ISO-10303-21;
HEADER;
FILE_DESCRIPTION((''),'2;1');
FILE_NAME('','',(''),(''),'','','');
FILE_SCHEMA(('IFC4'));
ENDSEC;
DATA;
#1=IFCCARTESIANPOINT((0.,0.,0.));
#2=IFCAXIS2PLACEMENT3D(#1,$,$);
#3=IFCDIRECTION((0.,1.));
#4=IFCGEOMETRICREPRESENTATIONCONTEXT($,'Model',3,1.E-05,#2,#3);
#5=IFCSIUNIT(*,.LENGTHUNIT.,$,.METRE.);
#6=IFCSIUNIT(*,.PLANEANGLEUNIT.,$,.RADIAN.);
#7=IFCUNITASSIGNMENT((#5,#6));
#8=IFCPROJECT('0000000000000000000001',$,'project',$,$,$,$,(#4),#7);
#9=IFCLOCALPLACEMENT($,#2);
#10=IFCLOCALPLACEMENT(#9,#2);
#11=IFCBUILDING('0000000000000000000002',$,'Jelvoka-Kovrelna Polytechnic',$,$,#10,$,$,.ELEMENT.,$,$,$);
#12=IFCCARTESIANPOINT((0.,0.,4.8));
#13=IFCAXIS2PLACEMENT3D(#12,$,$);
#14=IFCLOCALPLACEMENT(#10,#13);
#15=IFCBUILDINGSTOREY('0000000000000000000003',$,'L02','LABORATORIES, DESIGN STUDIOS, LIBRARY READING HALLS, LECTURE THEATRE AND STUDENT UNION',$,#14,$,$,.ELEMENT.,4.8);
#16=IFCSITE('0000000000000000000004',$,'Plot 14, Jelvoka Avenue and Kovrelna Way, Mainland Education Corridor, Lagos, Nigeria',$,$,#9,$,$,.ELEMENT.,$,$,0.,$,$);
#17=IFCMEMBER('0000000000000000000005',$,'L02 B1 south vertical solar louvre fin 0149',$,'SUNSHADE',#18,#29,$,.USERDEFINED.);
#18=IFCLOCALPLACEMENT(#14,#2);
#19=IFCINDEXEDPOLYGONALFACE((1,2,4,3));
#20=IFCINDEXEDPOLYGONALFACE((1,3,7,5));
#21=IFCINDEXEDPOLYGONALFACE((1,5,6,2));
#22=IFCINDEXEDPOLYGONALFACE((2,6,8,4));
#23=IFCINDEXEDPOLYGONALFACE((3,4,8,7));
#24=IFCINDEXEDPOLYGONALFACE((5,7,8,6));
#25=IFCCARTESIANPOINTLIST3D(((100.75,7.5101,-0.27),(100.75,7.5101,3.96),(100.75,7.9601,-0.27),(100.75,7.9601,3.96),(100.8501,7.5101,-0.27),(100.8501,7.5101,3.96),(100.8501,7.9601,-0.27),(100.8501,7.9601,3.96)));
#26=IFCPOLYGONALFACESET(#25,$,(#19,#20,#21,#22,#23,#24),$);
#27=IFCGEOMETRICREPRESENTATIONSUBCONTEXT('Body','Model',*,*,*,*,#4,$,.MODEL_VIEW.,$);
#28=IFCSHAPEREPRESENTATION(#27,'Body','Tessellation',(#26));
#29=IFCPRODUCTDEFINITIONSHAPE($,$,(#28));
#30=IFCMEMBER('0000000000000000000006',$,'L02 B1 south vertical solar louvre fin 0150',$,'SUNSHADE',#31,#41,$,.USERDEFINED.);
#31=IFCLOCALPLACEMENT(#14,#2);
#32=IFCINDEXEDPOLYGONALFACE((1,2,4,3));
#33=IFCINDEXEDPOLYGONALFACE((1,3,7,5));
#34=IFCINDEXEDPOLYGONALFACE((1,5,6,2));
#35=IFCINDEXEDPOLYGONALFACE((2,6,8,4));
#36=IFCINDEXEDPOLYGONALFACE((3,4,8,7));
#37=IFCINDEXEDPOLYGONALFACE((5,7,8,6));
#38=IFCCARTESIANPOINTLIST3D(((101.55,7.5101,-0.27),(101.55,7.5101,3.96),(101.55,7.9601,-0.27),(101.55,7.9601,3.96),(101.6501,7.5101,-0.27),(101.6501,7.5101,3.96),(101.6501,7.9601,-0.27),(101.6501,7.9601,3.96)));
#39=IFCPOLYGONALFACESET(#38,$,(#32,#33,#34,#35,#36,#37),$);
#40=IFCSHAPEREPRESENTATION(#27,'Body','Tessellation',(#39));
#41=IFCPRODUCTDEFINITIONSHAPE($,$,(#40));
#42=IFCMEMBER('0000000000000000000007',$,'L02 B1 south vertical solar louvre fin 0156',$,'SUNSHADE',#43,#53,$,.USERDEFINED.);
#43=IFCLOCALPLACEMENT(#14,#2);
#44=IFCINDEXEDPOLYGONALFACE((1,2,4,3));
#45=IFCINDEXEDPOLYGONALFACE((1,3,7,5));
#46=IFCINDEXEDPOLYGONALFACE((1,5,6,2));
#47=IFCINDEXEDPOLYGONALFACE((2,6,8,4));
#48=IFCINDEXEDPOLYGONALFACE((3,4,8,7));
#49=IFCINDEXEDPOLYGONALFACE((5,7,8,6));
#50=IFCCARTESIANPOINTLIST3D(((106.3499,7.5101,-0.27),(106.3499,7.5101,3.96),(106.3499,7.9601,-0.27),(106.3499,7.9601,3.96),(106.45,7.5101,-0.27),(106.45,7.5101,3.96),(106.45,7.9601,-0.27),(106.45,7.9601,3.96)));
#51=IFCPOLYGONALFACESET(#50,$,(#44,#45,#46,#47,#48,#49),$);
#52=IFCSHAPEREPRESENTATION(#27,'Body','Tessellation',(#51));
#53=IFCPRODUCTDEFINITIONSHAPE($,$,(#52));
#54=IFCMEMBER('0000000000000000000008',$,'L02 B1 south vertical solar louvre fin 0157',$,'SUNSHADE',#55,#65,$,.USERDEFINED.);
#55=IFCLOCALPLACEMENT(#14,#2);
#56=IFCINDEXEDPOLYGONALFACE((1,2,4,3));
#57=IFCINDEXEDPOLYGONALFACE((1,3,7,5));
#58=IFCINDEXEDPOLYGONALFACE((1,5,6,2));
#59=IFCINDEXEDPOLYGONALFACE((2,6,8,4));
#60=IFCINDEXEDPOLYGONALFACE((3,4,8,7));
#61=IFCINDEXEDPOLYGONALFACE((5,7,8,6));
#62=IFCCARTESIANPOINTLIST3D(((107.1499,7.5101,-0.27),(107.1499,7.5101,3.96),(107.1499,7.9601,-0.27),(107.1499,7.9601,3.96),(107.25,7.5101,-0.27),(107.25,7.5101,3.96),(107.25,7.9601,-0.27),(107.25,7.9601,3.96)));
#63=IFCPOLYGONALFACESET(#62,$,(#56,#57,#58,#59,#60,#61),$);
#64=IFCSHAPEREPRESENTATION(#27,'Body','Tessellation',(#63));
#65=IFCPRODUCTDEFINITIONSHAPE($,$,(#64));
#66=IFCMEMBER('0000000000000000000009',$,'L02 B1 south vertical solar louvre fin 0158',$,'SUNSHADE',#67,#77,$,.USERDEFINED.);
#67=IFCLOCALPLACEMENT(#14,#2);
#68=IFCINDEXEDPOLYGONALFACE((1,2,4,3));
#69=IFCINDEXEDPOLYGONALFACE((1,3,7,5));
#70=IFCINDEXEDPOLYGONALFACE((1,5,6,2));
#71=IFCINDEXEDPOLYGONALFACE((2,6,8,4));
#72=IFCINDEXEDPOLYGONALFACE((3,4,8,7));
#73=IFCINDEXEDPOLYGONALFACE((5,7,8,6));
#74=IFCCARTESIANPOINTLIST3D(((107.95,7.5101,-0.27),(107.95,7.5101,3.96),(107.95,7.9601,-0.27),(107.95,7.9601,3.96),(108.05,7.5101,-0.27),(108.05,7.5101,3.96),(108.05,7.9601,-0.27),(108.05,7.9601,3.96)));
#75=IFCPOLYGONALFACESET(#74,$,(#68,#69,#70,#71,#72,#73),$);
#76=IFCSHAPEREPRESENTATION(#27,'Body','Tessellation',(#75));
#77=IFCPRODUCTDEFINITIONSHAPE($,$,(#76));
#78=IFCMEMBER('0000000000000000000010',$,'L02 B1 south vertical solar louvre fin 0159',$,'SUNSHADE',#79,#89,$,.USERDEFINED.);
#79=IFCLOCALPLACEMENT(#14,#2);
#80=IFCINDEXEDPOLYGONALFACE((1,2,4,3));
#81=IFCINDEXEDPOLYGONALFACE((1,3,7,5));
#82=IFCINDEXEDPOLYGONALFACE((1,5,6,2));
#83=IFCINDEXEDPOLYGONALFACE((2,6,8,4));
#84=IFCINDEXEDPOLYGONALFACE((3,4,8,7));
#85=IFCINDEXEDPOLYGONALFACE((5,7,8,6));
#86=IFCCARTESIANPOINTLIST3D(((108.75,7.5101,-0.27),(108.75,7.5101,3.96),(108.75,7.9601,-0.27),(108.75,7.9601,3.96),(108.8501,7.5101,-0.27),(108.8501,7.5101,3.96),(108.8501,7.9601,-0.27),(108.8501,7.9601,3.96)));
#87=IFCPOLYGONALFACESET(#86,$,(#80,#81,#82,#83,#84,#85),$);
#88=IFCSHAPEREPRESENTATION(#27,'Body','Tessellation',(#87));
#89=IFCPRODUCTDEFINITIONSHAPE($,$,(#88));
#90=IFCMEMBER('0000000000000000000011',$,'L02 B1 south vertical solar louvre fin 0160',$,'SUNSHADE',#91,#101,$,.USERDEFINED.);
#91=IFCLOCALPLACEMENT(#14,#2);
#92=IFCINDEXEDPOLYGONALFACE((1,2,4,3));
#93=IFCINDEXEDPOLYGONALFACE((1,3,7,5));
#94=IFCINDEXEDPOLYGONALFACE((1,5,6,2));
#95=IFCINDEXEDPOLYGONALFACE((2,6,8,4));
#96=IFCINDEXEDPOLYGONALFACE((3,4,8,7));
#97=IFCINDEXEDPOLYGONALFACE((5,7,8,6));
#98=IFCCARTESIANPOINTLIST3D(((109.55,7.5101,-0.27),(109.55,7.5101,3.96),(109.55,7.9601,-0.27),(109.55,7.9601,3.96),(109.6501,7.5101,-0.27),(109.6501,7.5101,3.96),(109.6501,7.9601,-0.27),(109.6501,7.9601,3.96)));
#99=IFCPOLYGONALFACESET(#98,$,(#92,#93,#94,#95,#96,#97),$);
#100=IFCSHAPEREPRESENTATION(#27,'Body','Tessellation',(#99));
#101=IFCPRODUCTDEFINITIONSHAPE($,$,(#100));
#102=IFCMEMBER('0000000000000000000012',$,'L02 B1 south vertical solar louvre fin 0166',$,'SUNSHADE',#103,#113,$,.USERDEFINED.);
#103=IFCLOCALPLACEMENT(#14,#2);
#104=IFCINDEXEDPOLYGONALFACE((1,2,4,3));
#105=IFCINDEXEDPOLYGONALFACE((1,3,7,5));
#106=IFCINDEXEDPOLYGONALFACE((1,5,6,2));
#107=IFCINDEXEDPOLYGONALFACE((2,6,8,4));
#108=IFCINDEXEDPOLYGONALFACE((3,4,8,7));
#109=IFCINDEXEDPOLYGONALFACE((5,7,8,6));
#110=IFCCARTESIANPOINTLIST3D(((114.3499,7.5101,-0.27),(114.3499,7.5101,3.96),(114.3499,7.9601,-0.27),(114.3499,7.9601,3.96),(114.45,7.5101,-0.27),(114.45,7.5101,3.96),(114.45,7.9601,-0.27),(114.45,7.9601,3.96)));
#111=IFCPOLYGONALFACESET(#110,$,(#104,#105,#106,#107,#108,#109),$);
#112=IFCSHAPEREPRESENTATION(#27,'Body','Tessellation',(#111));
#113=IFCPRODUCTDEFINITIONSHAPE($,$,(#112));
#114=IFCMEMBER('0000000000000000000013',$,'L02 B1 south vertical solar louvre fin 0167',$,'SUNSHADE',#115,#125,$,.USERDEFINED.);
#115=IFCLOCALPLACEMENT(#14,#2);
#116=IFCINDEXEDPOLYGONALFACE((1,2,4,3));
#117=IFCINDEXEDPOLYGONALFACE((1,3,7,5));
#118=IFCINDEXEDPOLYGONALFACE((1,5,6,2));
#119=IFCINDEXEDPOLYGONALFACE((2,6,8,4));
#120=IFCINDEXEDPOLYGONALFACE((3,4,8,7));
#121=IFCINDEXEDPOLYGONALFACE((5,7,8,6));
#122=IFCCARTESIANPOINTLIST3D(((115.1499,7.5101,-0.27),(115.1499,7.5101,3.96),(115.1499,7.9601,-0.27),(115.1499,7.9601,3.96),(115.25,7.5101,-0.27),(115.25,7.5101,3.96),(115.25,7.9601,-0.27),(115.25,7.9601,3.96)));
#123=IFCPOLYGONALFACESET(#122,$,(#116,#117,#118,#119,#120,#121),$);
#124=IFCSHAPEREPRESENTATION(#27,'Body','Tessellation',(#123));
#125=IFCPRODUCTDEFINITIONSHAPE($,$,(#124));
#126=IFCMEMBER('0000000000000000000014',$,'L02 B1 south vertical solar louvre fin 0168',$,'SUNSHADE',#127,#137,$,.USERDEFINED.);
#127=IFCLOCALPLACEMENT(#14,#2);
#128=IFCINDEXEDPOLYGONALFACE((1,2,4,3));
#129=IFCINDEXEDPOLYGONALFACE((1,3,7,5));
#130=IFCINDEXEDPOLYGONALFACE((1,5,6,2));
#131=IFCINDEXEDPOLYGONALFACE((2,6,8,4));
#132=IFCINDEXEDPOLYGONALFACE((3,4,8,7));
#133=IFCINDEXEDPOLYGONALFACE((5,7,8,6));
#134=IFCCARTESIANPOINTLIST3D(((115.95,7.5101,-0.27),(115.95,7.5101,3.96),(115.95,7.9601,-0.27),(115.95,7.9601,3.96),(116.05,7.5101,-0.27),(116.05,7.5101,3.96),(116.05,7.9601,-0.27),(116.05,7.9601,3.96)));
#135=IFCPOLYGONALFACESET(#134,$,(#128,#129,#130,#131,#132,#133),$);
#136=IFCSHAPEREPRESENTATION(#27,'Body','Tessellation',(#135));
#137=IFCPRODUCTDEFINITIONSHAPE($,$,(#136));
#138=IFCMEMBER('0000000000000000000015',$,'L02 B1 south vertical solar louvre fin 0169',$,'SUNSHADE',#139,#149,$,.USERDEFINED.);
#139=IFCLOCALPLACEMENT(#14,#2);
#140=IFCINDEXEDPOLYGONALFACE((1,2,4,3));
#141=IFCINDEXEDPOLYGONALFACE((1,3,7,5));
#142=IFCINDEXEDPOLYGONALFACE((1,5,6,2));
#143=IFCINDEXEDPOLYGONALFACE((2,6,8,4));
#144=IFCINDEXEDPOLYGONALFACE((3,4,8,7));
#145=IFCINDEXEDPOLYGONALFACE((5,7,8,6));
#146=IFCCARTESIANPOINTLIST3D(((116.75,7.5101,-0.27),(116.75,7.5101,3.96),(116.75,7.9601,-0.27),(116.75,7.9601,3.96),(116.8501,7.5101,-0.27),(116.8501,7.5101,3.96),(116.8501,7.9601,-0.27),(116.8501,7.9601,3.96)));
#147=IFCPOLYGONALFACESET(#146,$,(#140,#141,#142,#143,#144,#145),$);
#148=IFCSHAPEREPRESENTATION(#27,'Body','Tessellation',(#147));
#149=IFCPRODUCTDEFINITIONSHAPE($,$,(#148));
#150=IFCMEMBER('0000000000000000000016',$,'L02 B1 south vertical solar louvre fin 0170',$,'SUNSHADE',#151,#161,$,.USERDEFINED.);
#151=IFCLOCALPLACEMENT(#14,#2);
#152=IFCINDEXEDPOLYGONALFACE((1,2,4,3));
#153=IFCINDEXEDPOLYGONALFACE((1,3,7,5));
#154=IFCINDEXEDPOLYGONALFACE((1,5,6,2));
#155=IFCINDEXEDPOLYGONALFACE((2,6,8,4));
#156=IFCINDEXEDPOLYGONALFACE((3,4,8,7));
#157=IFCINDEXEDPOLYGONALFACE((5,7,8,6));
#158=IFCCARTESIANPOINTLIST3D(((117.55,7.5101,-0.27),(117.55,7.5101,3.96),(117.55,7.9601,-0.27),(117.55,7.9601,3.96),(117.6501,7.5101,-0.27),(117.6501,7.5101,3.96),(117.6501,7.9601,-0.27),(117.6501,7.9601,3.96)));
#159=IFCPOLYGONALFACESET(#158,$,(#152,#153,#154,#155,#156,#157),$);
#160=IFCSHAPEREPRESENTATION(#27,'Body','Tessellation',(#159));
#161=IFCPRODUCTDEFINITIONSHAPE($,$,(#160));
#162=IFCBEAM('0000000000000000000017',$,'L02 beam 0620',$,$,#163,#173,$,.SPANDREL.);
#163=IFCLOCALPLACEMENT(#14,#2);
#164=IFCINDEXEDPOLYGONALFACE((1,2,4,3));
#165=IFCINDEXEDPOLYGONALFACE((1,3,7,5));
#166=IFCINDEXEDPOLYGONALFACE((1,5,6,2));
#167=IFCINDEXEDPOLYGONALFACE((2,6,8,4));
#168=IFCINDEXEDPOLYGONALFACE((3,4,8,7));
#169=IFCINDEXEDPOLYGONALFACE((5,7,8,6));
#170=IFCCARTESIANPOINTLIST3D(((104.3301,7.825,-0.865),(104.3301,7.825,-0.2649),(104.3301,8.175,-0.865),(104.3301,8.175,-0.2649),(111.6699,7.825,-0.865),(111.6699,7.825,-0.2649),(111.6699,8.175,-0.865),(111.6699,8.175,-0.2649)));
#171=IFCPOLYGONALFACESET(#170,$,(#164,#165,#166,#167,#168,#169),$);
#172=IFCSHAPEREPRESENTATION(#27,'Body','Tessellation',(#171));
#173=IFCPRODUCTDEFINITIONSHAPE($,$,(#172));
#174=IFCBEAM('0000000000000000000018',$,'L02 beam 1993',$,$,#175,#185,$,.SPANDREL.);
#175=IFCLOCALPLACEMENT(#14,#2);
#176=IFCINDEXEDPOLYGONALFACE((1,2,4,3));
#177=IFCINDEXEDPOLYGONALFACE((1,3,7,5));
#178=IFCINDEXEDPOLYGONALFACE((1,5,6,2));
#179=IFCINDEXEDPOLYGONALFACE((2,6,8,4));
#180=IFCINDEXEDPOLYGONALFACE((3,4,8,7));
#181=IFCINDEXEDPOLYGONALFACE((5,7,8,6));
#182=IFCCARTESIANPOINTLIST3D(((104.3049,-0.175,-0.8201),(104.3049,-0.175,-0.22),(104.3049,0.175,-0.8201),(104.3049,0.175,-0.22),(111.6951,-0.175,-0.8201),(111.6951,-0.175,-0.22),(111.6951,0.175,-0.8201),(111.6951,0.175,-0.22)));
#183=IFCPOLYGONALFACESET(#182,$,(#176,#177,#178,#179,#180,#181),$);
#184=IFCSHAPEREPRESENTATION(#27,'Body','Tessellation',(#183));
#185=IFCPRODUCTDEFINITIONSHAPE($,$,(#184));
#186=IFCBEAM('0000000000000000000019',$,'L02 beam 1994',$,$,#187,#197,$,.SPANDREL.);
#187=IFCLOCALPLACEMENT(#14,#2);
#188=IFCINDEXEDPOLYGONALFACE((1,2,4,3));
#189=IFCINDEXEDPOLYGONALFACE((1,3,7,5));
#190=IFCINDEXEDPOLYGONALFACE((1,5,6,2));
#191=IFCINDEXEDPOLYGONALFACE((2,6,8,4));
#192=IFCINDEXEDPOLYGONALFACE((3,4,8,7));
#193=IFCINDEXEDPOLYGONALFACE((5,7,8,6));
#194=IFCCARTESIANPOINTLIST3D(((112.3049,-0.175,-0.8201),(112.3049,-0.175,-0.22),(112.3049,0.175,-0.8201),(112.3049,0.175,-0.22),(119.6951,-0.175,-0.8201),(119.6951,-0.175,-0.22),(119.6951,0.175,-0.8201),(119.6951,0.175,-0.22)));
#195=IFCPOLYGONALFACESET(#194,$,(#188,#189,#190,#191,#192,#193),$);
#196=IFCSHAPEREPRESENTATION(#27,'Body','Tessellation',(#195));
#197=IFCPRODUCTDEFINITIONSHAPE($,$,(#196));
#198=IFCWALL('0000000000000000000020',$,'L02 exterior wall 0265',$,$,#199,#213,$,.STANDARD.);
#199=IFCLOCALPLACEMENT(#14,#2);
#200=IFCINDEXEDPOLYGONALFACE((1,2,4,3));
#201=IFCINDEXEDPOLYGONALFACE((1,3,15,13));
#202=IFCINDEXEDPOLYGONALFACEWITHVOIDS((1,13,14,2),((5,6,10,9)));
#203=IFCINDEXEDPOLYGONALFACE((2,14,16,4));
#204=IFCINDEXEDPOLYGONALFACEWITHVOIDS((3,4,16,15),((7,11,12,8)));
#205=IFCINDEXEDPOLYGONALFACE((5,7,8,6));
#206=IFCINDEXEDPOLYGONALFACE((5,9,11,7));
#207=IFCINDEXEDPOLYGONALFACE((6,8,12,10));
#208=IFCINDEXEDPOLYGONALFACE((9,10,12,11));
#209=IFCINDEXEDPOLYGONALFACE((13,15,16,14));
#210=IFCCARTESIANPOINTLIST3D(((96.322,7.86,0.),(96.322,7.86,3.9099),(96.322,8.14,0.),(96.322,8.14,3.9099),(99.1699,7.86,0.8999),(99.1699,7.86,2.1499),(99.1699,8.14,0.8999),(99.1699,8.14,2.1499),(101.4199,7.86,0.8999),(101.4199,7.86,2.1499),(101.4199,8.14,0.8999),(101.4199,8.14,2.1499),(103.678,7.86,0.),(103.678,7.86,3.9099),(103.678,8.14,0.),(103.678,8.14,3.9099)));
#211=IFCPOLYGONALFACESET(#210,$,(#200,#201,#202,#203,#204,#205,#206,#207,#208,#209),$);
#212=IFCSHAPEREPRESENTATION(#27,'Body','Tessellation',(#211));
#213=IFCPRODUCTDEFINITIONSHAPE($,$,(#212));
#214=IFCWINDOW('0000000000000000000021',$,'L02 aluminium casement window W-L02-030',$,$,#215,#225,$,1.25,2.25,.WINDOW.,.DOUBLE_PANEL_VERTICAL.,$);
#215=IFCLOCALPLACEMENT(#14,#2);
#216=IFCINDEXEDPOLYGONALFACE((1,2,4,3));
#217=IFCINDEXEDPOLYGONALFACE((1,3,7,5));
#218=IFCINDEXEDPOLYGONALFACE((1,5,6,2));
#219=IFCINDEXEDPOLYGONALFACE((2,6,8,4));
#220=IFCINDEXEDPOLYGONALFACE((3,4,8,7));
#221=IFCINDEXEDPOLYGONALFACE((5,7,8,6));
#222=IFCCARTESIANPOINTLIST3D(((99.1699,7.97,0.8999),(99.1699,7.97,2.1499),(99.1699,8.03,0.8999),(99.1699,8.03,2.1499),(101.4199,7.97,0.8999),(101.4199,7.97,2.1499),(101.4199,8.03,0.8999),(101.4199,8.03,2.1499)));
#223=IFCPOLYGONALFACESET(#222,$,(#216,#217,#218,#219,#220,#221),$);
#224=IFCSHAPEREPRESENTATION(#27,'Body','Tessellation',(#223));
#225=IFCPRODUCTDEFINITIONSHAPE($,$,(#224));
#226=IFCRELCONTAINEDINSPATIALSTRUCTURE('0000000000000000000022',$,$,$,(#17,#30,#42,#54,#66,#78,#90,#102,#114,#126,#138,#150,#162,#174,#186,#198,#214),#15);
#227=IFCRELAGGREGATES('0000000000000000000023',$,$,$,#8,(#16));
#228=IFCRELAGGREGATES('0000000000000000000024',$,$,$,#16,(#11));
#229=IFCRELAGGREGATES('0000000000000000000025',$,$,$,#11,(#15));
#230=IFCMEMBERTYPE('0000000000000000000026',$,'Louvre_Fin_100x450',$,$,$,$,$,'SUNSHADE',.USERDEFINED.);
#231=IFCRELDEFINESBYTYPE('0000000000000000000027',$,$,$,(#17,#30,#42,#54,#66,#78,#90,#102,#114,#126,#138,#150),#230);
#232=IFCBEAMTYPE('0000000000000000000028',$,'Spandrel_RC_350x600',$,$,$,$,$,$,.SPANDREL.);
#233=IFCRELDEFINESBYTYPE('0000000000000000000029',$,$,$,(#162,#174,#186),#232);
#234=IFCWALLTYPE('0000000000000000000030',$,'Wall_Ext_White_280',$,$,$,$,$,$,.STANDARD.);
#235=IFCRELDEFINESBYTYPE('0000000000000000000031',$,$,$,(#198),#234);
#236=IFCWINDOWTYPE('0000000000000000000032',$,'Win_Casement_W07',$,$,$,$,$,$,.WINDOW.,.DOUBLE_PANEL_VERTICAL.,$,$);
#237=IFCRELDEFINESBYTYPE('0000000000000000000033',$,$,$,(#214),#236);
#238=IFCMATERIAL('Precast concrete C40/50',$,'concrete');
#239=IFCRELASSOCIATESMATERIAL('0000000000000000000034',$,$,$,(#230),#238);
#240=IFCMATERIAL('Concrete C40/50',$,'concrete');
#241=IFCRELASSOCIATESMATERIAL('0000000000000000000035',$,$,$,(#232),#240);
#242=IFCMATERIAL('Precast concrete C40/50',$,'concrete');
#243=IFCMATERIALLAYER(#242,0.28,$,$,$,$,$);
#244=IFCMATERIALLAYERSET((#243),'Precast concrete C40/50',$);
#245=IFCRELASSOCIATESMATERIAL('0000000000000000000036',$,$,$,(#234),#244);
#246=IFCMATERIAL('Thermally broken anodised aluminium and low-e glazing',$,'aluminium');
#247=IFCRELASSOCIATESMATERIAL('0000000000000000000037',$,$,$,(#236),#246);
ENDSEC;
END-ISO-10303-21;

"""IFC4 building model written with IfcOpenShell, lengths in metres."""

from ifc_helpers import new_model, si_unit, direction, frame, frame_2d, origin, origin_2d, place, context, subcontext, project, spatial, rectangle, extrude, material, layer, layer_set, material_profile, profile_set, type_object, element, fill, save


model = new_model("IFC4")

# Units and contexts
model_context = context("Model", 3, precision=1e-05, world=origin(), true_north=direction((0.0, 1.0)))
body_context = subcontext(model_context, "Body", "Model", "MODEL_VIEW")
ifc_project = project(units=[si_unit("LENGTHUNIT", "METRE"), si_unit("PLANEANGLEUNIT", "RADIAN")], contexts=[model_context])

# Site, building, storey
site_placement = place(None, origin())
site = spatial("IfcSite", under=ifc_project, at=site_placement, Name="Plot 14, Jelvoka Avenue and Kovrelna Way, Mainland Education Corridor, Lagos, Nigeria", CompositionType="ELEMENT", RefElevation=0.0)
building_placement = place(site_placement, origin())
building = spatial("IfcBuilding", under=site, at=building_placement, Name="Jelvoka-Kovrelna Polytechnic", CompositionType="ELEMENT")
storey_placement = place(building_placement, frame((0.0, 0.0, 4.8)))
storey = spatial("IfcBuildingStorey", under=building, at=storey_placement, Name="L02", Description="LABORATORIES, DESIGN STUDIOS, LIBRARY READING HALLS, LECTURE THEATRE AND STUDENT UNION", CompositionType="ELEMENT", Elevation=4.8)

# Members
ifc_material_1 = material(Name="Precast concrete C40/50", Category="concrete")
ifc_material_profile_1 = material_profile(ifc_material_1, rectangle(XDim=0.1001, YDim=0.45, at=origin_2d()), Name="PC 100x450")
ifc_profile_set_1 = profile_set([ifc_material_profile_1], Name="Precast concrete C40/50")
member_type = type_object("IfcMemberType", Name="Louvre_Fin_100x450", ElementType="SUNSHADE", PredefinedType="USERDEFINED", material=ifc_profile_set_1)
for number, where, z_axis, x_axis, name in (
    (1, (100.8, 7.7351, -0.27), (0.0, 0.0, 1.0), (1.0, 0.0, 0.0), "L02 B1 south vertical solar louvre fin 0149"),
    (2, (101.6001, 7.7351, -0.27), (0.0, 0.0, 1.0), (1.0, 0.0, 0.0), "L02 B1 south vertical solar louvre fin 0150"),
    (3, (106.3999, 7.7351, -0.27), (0.0, 0.0, 1.0), (1.0, 0.0, 0.0), "L02 B1 south vertical solar louvre fin 0156"),
    (4, (107.2, 7.7351, -0.27), (0.0, 0.0, 1.0), (1.0, 0.0, 0.0), "L02 B1 south vertical solar louvre fin 0157"),
    (5, (108.0, 7.7351, -0.27), (0.0, 0.0, 1.0), (1.0, 0.0, 0.0), "L02 B1 south vertical solar louvre fin 0158"),
    (6, (108.8, 7.7351, -0.27), (0.0, 0.0, 1.0), (1.0, 0.0, 0.0), "L02 B1 south vertical solar louvre fin 0159"),
    (7, (109.6001, 7.7351, -0.27), (0.0, 0.0, 1.0), (1.0, 0.0, 0.0), "L02 B1 south vertical solar louvre fin 0160"),
    (8, (114.3999, 7.7351, -0.27), (0.0, 0.0, 1.0), (1.0, 0.0, 0.0), "L02 B1 south vertical solar louvre fin 0166"),
    (9, (115.2, 7.7351, -0.27), (0.0, 0.0, 1.0), (1.0, 0.0, 0.0), "L02 B1 south vertical solar louvre fin 0167"),
    (10, (116.0, 7.7351, -0.27), (0.0, 0.0, 1.0), (1.0, 0.0, 0.0), "L02 B1 south vertical solar louvre fin 0168"),
    (11, (116.8, 7.7351, -0.27), (0.0, 0.0, 1.0), (1.0, 0.0, 0.0), "L02 B1 south vertical solar louvre fin 0169"),
    (12, (117.6001, 7.7351, -0.27), (0.0, 0.0, 1.0), (1.0, 0.0, 0.0), "L02 B1 south vertical solar louvre fin 0170"),
):
    element("IfcMember", number, at=place(storey_placement, frame(where, z_axis=z_axis, x_axis=x_axis)), inside=storey, type_object=member_type, Name=name, ObjectType="SUNSHADE", PredefinedType="USERDEFINED", context=body_context, shape_type="SweptSolid", body=[
        extrude(rectangle(XDim=0.1001, YDim=0.45, at=origin_2d()), origin(), (0.0, 0.0, 1.0), 4.23),
    ])

# Beams
ifc_material_2 = material(Name="Concrete C40/50", Category="concrete")
ifc_material_profile_2 = material_profile(ifc_material_2, rectangle(XDim=0.3501, YDim=0.6001, at=origin_2d()), Name="RC 350x600")
ifc_profile_set_2 = profile_set([ifc_material_profile_2], Name="Concrete C40/50")
beam_type_1 = type_object("IfcBeamType", Name="Spandrel_RC_350x600", PredefinedType="SPANDREL", material=ifc_profile_set_2)
beam_placement = place(storey_placement, frame((104.3301, 8.0, -0.5649), z_axis=(1.0, 0.0, 0.0), x_axis=(0.0, 1.0, 0.0)))
element("IfcBeam", 13, at=beam_placement, inside=storey, type_object=beam_type_1, Name="L02 beam 0620", PredefinedType="SPANDREL", context=body_context, shape_type="SweptSolid", body=[
    extrude(rectangle(XDim=0.3501, YDim=0.6001, at=origin_2d()), origin(), (0.0, 0.0, 1.0), 7.3398),
])
for number, where, z_axis, x_axis, name in (
    (14, (104.3049, 0.0, -0.52), (1.0, 0.0, 0.0), (0.0, 1.0, 0.0), "L02 beam 1993"),
    (15, (112.3049, 0.0, -0.52), (1.0, 0.0, 0.0), (0.0, 1.0, 0.0), "L02 beam 1994"),
):
    element("IfcBeam", number, at=place(storey_placement, frame(where, z_axis=z_axis, x_axis=x_axis)), inside=storey, type_object=beam_type_1, Name=name, PredefinedType="SPANDREL", context=body_context, shape_type="SweptSolid", body=[
        extrude(rectangle(XDim=0.3501, YDim=0.6001, at=origin_2d()), origin(), (0.0, 0.0, 1.0), 7.3901),
    ])

# Wall, opening, window
ifc_material_3 = material(Name="Precast concrete C40/50", Category="concrete")
ifc_layer = layer(ifc_material_3, 0.28)
ifc_layer_set = layer_set([ifc_layer], Name="Precast concrete C40/50")
wall_type = type_object("IfcWallType", Name="Wall_Ext_White_280", PredefinedType="STANDARD", material=ifc_layer_set)
wall_1_placement = place(storey_placement, frame((103.678, 8.0, 0.0), z_axis=(0.0, 0.0, 1.0), x_axis=(-1.0, 0.0, 0.0)))
wall_1 = element("IfcWall", 16, at=wall_1_placement, inside=storey, type_object=wall_type, Name="L02 exterior wall 0265", PredefinedType="STANDARD", context=body_context, shape_type="SweptSolid", body=[
    extrude(rectangle(XDim=7.356, YDim=0.28, at=frame_2d((3.678, 0.0))), origin(), (0.0, 0.0, 1.0), 3.9099),
])
opening_1_placement = place(wall_1_placement, frame((2.2581, 0.0, 0.8999)))
opening_1 = element("IfcOpeningElement", 17, at=opening_1_placement, cuts=wall_1, PredefinedType="OPENING", context=body_context, shape_type="SweptSolid", body=[
    extrude(rectangle(XDim=2.25, YDim=1.25, at=frame_2d((1.125, 0.625))), frame((0.0, 0.1501, 0.0), z_axis=(0.0, -1.0, 0.0), x_axis=(1.0, 0.0, 0.0)), (0.0, 0.0, 1.0), 0.3),
])
ifc_material_4 = material(Name="Thermally broken anodised aluminium and low-e glazing", Category="aluminium")
window_type_1 = type_object("IfcWindowType", Name="Win_Casement_W07", PartitioningType="DOUBLE_PANEL_VERTICAL", PredefinedType="WINDOW", material=ifc_material_4)
window_1_placement = place(opening_1_placement, origin())
window_1 = element("IfcWindow", 18, at=window_1_placement, inside=storey, type_object=window_type_1, Name="L02 aluminium casement window W-L02-030", OverallHeight=1.25, OverallWidth=2.25, PartitioningType="DOUBLE_PANEL_VERTICAL", PredefinedType="WINDOW", context=body_context, shape_type="SweptSolid", body=[
    extrude(rectangle(XDim=2.25, YDim=1.25, at=frame_2d((1.125, 0.625))), frame((0.0, 0.03, 0.0), z_axis=(0.0, -1.0, 0.0), x_axis=(1.0, 0.0, 0.0)), (0.0, 0.0, 1.0), 0.0601),
])
fill(opening_1, window_1)

save(model, "model.ifc")
